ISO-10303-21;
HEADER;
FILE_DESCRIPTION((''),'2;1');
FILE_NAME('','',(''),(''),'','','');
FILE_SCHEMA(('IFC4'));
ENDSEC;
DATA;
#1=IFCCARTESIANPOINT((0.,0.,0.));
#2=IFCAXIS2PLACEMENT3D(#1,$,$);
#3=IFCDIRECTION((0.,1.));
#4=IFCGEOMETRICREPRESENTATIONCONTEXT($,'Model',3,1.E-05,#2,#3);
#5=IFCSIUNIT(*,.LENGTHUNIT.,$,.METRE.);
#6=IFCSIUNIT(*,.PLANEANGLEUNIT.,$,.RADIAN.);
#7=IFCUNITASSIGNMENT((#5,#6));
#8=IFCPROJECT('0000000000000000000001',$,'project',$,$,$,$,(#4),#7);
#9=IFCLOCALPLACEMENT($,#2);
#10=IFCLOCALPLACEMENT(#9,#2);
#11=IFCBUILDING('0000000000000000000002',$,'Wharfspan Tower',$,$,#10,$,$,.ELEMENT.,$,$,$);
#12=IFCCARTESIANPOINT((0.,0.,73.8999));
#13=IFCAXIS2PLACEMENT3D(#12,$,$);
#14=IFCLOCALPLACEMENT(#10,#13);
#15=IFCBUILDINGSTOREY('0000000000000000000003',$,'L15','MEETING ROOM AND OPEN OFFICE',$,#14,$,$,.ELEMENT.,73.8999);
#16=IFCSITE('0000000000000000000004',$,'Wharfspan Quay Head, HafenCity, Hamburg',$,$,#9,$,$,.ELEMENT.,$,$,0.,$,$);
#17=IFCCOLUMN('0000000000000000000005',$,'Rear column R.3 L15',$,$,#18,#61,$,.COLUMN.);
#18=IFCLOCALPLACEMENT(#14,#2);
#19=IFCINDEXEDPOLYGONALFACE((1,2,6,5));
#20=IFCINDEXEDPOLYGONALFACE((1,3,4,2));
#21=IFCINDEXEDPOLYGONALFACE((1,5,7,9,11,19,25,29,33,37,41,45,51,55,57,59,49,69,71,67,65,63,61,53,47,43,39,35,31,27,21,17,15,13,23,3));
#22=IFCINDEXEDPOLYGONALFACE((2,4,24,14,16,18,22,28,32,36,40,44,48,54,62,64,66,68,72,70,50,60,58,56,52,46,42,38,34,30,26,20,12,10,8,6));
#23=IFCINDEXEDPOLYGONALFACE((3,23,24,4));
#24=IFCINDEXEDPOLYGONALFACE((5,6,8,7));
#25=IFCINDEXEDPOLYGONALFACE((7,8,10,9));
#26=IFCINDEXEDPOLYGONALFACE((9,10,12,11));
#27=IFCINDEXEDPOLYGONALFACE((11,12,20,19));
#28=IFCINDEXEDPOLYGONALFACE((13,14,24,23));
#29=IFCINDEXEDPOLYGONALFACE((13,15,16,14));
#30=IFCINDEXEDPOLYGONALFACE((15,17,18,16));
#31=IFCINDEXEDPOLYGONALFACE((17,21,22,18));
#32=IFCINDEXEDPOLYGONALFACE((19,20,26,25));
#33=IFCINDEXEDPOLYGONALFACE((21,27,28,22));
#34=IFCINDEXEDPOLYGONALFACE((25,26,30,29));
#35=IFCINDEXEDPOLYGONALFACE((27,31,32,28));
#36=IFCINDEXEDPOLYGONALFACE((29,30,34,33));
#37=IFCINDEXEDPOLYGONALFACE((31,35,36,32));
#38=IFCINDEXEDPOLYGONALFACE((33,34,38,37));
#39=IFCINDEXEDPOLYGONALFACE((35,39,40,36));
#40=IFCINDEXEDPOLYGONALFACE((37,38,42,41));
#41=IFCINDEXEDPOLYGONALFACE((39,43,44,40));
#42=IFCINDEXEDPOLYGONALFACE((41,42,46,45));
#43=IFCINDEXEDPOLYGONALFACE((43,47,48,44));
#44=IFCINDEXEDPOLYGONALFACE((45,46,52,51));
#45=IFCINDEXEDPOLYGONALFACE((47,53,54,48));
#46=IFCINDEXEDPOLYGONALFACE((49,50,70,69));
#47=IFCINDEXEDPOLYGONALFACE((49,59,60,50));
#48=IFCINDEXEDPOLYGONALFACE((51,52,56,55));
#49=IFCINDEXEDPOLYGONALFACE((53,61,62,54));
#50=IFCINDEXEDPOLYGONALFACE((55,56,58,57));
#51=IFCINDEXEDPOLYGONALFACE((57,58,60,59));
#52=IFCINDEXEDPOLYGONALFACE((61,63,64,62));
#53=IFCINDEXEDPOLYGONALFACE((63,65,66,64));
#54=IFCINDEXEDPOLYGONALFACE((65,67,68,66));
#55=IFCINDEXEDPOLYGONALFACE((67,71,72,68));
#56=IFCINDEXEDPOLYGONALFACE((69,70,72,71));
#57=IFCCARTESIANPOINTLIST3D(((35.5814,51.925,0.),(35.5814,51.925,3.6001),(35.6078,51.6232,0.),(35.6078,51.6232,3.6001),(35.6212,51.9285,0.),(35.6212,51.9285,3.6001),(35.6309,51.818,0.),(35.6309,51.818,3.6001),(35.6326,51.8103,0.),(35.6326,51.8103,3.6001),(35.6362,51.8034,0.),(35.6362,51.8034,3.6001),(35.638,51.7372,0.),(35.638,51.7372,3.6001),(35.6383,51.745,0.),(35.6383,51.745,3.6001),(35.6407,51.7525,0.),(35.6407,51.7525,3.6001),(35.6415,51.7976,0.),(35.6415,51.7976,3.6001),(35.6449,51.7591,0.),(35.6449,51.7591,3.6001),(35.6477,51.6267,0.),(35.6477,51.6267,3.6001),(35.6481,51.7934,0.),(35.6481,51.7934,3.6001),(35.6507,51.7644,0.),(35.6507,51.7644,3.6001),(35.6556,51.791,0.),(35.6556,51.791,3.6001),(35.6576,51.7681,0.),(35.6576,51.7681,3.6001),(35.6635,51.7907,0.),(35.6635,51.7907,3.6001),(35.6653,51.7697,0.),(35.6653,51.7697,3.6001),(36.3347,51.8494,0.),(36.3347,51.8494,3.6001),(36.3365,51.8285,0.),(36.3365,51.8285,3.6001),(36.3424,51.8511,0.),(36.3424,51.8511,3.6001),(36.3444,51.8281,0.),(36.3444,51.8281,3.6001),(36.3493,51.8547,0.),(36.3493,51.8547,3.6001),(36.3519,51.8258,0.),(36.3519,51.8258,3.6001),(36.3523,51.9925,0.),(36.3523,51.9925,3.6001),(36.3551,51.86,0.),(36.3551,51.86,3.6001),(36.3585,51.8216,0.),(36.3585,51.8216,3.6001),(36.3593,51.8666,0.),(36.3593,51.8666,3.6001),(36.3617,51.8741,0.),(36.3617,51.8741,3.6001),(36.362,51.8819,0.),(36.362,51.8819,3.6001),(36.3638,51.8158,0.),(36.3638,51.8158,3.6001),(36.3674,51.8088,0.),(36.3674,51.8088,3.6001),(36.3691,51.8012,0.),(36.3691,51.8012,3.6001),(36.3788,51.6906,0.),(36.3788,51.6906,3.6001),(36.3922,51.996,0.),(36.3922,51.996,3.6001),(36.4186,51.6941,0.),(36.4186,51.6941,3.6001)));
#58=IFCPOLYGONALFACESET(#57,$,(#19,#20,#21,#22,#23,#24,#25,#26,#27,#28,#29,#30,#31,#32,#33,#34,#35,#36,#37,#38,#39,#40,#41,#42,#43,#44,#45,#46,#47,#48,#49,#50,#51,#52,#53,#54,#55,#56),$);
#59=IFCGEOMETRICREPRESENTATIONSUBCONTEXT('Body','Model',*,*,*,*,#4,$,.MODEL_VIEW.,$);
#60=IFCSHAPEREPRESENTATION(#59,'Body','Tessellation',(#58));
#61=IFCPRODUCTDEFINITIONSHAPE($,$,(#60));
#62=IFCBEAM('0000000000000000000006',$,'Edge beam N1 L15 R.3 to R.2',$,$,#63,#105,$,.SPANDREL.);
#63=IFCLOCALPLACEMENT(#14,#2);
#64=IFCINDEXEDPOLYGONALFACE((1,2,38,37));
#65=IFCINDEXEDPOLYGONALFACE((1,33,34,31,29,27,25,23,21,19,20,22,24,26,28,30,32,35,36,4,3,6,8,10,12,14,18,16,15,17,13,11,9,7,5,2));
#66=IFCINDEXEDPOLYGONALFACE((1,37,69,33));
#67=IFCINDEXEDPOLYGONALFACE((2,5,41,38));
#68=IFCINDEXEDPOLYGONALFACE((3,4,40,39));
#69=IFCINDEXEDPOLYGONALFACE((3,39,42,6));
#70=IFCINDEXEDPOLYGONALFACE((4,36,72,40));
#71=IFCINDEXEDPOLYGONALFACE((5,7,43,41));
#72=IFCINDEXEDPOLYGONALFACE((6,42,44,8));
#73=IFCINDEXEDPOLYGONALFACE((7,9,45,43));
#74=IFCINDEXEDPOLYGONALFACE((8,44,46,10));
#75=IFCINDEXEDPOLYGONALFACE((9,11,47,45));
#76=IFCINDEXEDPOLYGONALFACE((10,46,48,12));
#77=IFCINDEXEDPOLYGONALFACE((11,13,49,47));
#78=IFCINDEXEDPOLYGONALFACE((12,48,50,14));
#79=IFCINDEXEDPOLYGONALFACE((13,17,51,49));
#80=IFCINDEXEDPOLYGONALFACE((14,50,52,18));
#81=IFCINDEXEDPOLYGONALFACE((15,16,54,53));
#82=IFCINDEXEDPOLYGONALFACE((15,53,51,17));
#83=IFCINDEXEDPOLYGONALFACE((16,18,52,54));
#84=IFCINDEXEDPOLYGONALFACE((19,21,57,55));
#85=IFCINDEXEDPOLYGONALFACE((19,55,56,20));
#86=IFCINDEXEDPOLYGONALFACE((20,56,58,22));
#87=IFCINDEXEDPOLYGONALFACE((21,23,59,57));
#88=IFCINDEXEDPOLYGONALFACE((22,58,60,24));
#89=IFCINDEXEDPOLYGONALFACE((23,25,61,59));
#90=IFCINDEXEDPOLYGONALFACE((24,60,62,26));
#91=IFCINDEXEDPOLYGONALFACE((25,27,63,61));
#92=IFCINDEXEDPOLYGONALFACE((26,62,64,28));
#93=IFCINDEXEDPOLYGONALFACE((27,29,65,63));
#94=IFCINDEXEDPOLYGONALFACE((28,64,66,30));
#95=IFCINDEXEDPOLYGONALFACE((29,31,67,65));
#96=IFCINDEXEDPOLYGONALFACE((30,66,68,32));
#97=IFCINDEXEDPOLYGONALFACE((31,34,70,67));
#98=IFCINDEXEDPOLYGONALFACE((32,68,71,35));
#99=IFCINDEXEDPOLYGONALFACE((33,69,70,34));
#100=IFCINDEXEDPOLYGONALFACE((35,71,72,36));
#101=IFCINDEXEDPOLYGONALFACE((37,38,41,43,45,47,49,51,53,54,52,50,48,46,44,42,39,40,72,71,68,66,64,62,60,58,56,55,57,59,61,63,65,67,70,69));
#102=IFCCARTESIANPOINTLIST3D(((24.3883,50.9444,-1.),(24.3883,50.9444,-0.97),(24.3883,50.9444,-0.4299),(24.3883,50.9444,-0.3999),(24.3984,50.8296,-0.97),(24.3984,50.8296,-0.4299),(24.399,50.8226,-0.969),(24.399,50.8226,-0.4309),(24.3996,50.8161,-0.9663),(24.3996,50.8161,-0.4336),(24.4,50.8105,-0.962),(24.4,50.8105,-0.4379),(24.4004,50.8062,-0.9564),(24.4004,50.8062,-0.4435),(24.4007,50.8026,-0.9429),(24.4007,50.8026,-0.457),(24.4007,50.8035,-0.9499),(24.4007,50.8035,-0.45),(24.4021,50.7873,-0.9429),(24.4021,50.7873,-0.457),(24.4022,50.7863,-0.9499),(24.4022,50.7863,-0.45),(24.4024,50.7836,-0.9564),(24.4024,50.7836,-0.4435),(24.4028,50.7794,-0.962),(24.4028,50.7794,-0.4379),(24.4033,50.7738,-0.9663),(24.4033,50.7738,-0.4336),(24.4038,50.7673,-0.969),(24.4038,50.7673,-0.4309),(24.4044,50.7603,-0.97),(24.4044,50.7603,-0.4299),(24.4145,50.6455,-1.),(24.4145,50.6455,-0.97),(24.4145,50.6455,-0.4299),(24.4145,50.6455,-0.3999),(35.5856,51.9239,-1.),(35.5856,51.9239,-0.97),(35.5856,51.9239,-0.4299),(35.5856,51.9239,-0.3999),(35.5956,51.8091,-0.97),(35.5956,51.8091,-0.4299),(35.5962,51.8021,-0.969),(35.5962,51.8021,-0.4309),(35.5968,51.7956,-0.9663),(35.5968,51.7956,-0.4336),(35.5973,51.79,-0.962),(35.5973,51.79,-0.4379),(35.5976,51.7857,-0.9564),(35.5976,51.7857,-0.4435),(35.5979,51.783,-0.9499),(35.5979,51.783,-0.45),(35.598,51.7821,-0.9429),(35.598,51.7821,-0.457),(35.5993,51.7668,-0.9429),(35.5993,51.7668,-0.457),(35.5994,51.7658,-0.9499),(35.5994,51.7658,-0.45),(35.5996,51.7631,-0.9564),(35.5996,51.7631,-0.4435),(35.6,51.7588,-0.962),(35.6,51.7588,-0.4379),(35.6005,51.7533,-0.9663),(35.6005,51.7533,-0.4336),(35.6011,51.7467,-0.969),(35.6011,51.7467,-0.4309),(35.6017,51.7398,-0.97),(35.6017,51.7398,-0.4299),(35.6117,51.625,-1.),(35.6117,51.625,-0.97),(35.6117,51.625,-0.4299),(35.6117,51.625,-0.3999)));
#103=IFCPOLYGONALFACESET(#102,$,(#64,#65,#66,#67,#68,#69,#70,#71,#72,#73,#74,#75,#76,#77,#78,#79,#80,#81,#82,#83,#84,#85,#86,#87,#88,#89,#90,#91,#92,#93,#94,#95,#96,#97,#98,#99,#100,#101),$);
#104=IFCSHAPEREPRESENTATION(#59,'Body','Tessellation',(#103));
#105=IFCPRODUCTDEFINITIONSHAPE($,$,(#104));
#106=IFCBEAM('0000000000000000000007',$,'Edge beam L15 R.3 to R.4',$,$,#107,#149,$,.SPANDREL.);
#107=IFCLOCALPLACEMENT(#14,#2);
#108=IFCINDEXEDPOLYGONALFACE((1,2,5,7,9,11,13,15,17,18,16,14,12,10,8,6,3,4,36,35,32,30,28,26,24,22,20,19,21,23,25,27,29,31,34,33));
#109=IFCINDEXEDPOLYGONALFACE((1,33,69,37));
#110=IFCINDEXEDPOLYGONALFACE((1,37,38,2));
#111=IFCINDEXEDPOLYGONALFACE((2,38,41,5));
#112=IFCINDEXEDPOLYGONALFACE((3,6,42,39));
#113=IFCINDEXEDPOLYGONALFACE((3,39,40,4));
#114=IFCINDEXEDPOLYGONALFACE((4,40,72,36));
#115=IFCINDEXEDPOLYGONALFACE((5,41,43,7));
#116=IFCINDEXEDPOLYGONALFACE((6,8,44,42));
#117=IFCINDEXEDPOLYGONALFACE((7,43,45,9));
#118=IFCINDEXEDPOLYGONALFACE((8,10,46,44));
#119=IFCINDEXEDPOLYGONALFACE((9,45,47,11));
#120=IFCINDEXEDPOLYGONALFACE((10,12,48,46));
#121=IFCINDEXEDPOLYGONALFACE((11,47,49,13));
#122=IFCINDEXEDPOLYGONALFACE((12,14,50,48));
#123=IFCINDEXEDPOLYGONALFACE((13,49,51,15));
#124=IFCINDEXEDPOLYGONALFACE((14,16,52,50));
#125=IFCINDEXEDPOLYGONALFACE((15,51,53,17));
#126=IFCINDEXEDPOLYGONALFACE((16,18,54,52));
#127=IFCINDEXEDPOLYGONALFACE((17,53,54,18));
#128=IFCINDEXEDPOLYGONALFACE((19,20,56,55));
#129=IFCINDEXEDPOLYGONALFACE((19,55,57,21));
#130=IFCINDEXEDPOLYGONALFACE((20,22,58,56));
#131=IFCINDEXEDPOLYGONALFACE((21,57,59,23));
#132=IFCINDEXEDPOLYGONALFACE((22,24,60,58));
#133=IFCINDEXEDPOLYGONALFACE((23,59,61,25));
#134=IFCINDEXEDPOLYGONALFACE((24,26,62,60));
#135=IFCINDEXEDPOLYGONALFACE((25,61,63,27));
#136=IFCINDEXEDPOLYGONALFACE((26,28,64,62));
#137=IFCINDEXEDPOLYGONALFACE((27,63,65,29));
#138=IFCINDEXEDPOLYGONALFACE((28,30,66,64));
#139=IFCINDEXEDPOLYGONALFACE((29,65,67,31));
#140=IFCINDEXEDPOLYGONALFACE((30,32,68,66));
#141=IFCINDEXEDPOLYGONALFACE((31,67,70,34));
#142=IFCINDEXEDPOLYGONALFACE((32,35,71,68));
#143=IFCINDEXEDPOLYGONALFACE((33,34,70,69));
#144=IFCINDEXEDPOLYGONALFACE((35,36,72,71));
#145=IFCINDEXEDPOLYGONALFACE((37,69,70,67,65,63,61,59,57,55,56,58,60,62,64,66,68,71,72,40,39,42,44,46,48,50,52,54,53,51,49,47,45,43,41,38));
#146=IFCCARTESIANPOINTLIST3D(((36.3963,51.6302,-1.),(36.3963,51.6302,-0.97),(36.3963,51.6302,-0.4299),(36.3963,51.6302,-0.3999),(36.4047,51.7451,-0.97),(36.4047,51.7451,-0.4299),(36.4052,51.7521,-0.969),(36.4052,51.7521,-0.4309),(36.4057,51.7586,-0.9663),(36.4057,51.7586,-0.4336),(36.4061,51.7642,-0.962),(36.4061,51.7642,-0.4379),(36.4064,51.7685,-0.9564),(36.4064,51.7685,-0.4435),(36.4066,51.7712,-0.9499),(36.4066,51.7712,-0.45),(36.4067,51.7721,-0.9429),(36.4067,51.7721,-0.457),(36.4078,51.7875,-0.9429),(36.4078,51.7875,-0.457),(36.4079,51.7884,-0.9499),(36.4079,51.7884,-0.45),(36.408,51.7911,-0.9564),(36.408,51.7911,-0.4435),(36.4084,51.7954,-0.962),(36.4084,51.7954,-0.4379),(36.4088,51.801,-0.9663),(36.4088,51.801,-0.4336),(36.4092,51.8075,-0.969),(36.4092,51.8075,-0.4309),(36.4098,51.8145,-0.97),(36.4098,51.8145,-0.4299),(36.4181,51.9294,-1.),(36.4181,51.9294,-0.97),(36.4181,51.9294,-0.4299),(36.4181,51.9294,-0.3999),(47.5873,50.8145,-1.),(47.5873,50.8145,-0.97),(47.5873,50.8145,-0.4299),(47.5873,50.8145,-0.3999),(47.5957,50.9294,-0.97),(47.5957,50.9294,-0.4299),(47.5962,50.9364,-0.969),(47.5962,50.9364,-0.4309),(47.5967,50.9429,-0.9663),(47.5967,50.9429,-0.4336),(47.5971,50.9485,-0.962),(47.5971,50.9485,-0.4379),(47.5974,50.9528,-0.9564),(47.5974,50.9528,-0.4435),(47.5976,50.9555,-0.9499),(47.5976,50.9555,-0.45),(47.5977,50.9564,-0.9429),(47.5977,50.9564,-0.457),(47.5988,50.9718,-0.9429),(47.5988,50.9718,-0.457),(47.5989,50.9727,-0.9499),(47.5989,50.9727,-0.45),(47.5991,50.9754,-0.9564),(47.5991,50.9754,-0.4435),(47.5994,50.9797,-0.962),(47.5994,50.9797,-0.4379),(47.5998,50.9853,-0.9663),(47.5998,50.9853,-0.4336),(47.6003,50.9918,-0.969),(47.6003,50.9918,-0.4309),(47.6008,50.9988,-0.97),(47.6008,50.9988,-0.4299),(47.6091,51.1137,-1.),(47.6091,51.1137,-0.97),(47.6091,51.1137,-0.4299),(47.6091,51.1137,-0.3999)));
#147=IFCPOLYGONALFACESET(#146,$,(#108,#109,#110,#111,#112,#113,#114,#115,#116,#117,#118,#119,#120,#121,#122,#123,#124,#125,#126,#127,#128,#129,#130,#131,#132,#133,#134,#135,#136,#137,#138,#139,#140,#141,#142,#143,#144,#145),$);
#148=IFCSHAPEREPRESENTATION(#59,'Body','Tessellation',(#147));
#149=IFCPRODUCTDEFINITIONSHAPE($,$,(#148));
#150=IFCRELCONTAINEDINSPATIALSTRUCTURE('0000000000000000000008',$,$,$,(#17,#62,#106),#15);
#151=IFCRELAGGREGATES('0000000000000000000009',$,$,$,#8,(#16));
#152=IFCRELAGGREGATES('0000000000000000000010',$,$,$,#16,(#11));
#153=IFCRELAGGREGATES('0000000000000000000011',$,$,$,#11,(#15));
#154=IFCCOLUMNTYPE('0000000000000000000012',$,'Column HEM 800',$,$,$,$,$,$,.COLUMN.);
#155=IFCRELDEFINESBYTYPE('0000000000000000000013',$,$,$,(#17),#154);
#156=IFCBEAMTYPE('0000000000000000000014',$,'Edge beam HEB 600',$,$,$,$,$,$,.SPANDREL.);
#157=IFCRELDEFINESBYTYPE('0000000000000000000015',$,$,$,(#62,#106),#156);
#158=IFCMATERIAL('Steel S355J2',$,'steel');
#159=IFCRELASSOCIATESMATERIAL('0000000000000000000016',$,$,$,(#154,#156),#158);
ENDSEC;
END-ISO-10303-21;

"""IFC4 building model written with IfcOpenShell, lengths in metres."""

from ifc_helpers import new_model, si_unit, direction, frame, origin, origin_2d, place, context, subcontext, project, spatial, i_section, extrude, material, material_profile, profile_set, type_object, element, save


model = new_model("IFC4")

# Units and contexts
model_context = context("Model", 3, precision=1e-05, world=origin(), true_north=direction((0.0, 1.0)))
body_context = subcontext(model_context, "Body", "Model", "MODEL_VIEW")
ifc_project = project(units=[si_unit("LENGTHUNIT", "METRE"), si_unit("PLANEANGLEUNIT", "RADIAN")], contexts=[model_context])

# Site, building, storey
site_placement = place(None, origin())
site = spatial("IfcSite", under=ifc_project, at=site_placement, Name="Wharfspan Quay Head, HafenCity, Hamburg", CompositionType="ELEMENT", RefElevation=0.0)
building_placement = place(site_placement, origin())
building = spatial("IfcBuilding", under=site, at=building_placement, Name="Wharfspan Tower", CompositionType="ELEMENT")
storey_placement = place(building_placement, frame((0.0, 0.0, 73.8999)))
storey = spatial("IfcBuildingStorey", under=building, at=storey_placement, Name="L15", Description="MEETING ROOM AND OPEN OFFICE", CompositionType="ELEMENT", Elevation=73.8999)

# Column
ifc_material_1 = material(Name="Steel S355J2", Category="steel")
ifc_material_profile_1 = material_profile(ifc_material_1, i_section(OverallWidth=0.303, OverallDepth=0.814, WebThickness=0.021, FlangeThickness=0.04, FilletRadius=0.03, at=origin_2d()))
ifc_profile_set_1 = profile_set([ifc_material_profile_1], Name="Steel S355J2")
column_type = type_object("IfcColumnType", Name="Column HEM 800", PredefinedType="COLUMN", material=ifc_profile_set_1)
column_placement = place(storey_placement, frame((36.0, 51.8096, 0.0), z_axis=(0.0, 0.0, 1.0), x_axis=(-0.087156, 0.996197, 0.0)))
element("IfcColumn", 1, at=column_placement, inside=storey, type_object=column_type, Name="Rear column R.3 L15", PredefinedType="COLUMN", context=body_context, shape_type="SweptSolid", body=[
    extrude(i_section(OverallWidth=0.303, OverallDepth=0.814, WebThickness=0.021, FlangeThickness=0.04, FilletRadius=0.03, at=origin_2d()), origin(), (0.0, 0.0, 1.0), 3.6001),
])

# Beams
ifc_material_profile_2 = material_profile(ifc_material_1, i_section(OverallWidth=0.3, OverallDepth=0.6001, WebThickness=0.0154, FlangeThickness=0.03, FilletRadius=0.0271, at=origin_2d()))
ifc_profile_set_2 = profile_set([ifc_material_profile_2], Name="Steel S355J2")
beam_type = type_object("IfcBeamType", Name="Edge beam HEB 600", PredefinedType="SPANDREL", material=ifc_profile_set_2)
beam_1_placement = place(storey_placement, frame((35.5986, 51.7744, -0.7), z_axis=(-0.996196, -0.087143, 0.0), x_axis=(0.087143, -0.996196, 0.0)))
element("IfcBeam", 2, at=beam_1_placement, inside=storey, type_object=beam_type, Name="Edge beam N1 L15 R.3 to R.2", PredefinedType="SPANDREL", context=body_context, shape_type="SweptSolid", body=[
    extrude(i_section(OverallWidth=0.3, OverallDepth=0.6001, WebThickness=0.0154, FlangeThickness=0.03, FilletRadius=0.0271, at=origin_2d()), origin(), (0.0, 0.0, 1.0), 11.24),
])
beam_2_placement = place(storey_placement, frame((36.4072, 51.7798, -0.7), z_axis=(0.997354, -0.072694, 0.0), x_axis=(0.072694, 0.997354, 0.0)))
element("IfcBeam", 3, at=beam_2_placement, inside=storey, type_object=beam_type, Name="Edge beam L15 R.3 to R.4", PredefinedType="SPANDREL", context=body_context, shape_type="SweptSolid", body=[
    extrude(i_section(OverallWidth=0.3, OverallDepth=0.6001, WebThickness=0.0154, FlangeThickness=0.03, FilletRadius=0.0271, at=origin_2d()), origin(), (0.0, 0.0, 1.0), 11.2207),
])

save(model, "model.ifc")
